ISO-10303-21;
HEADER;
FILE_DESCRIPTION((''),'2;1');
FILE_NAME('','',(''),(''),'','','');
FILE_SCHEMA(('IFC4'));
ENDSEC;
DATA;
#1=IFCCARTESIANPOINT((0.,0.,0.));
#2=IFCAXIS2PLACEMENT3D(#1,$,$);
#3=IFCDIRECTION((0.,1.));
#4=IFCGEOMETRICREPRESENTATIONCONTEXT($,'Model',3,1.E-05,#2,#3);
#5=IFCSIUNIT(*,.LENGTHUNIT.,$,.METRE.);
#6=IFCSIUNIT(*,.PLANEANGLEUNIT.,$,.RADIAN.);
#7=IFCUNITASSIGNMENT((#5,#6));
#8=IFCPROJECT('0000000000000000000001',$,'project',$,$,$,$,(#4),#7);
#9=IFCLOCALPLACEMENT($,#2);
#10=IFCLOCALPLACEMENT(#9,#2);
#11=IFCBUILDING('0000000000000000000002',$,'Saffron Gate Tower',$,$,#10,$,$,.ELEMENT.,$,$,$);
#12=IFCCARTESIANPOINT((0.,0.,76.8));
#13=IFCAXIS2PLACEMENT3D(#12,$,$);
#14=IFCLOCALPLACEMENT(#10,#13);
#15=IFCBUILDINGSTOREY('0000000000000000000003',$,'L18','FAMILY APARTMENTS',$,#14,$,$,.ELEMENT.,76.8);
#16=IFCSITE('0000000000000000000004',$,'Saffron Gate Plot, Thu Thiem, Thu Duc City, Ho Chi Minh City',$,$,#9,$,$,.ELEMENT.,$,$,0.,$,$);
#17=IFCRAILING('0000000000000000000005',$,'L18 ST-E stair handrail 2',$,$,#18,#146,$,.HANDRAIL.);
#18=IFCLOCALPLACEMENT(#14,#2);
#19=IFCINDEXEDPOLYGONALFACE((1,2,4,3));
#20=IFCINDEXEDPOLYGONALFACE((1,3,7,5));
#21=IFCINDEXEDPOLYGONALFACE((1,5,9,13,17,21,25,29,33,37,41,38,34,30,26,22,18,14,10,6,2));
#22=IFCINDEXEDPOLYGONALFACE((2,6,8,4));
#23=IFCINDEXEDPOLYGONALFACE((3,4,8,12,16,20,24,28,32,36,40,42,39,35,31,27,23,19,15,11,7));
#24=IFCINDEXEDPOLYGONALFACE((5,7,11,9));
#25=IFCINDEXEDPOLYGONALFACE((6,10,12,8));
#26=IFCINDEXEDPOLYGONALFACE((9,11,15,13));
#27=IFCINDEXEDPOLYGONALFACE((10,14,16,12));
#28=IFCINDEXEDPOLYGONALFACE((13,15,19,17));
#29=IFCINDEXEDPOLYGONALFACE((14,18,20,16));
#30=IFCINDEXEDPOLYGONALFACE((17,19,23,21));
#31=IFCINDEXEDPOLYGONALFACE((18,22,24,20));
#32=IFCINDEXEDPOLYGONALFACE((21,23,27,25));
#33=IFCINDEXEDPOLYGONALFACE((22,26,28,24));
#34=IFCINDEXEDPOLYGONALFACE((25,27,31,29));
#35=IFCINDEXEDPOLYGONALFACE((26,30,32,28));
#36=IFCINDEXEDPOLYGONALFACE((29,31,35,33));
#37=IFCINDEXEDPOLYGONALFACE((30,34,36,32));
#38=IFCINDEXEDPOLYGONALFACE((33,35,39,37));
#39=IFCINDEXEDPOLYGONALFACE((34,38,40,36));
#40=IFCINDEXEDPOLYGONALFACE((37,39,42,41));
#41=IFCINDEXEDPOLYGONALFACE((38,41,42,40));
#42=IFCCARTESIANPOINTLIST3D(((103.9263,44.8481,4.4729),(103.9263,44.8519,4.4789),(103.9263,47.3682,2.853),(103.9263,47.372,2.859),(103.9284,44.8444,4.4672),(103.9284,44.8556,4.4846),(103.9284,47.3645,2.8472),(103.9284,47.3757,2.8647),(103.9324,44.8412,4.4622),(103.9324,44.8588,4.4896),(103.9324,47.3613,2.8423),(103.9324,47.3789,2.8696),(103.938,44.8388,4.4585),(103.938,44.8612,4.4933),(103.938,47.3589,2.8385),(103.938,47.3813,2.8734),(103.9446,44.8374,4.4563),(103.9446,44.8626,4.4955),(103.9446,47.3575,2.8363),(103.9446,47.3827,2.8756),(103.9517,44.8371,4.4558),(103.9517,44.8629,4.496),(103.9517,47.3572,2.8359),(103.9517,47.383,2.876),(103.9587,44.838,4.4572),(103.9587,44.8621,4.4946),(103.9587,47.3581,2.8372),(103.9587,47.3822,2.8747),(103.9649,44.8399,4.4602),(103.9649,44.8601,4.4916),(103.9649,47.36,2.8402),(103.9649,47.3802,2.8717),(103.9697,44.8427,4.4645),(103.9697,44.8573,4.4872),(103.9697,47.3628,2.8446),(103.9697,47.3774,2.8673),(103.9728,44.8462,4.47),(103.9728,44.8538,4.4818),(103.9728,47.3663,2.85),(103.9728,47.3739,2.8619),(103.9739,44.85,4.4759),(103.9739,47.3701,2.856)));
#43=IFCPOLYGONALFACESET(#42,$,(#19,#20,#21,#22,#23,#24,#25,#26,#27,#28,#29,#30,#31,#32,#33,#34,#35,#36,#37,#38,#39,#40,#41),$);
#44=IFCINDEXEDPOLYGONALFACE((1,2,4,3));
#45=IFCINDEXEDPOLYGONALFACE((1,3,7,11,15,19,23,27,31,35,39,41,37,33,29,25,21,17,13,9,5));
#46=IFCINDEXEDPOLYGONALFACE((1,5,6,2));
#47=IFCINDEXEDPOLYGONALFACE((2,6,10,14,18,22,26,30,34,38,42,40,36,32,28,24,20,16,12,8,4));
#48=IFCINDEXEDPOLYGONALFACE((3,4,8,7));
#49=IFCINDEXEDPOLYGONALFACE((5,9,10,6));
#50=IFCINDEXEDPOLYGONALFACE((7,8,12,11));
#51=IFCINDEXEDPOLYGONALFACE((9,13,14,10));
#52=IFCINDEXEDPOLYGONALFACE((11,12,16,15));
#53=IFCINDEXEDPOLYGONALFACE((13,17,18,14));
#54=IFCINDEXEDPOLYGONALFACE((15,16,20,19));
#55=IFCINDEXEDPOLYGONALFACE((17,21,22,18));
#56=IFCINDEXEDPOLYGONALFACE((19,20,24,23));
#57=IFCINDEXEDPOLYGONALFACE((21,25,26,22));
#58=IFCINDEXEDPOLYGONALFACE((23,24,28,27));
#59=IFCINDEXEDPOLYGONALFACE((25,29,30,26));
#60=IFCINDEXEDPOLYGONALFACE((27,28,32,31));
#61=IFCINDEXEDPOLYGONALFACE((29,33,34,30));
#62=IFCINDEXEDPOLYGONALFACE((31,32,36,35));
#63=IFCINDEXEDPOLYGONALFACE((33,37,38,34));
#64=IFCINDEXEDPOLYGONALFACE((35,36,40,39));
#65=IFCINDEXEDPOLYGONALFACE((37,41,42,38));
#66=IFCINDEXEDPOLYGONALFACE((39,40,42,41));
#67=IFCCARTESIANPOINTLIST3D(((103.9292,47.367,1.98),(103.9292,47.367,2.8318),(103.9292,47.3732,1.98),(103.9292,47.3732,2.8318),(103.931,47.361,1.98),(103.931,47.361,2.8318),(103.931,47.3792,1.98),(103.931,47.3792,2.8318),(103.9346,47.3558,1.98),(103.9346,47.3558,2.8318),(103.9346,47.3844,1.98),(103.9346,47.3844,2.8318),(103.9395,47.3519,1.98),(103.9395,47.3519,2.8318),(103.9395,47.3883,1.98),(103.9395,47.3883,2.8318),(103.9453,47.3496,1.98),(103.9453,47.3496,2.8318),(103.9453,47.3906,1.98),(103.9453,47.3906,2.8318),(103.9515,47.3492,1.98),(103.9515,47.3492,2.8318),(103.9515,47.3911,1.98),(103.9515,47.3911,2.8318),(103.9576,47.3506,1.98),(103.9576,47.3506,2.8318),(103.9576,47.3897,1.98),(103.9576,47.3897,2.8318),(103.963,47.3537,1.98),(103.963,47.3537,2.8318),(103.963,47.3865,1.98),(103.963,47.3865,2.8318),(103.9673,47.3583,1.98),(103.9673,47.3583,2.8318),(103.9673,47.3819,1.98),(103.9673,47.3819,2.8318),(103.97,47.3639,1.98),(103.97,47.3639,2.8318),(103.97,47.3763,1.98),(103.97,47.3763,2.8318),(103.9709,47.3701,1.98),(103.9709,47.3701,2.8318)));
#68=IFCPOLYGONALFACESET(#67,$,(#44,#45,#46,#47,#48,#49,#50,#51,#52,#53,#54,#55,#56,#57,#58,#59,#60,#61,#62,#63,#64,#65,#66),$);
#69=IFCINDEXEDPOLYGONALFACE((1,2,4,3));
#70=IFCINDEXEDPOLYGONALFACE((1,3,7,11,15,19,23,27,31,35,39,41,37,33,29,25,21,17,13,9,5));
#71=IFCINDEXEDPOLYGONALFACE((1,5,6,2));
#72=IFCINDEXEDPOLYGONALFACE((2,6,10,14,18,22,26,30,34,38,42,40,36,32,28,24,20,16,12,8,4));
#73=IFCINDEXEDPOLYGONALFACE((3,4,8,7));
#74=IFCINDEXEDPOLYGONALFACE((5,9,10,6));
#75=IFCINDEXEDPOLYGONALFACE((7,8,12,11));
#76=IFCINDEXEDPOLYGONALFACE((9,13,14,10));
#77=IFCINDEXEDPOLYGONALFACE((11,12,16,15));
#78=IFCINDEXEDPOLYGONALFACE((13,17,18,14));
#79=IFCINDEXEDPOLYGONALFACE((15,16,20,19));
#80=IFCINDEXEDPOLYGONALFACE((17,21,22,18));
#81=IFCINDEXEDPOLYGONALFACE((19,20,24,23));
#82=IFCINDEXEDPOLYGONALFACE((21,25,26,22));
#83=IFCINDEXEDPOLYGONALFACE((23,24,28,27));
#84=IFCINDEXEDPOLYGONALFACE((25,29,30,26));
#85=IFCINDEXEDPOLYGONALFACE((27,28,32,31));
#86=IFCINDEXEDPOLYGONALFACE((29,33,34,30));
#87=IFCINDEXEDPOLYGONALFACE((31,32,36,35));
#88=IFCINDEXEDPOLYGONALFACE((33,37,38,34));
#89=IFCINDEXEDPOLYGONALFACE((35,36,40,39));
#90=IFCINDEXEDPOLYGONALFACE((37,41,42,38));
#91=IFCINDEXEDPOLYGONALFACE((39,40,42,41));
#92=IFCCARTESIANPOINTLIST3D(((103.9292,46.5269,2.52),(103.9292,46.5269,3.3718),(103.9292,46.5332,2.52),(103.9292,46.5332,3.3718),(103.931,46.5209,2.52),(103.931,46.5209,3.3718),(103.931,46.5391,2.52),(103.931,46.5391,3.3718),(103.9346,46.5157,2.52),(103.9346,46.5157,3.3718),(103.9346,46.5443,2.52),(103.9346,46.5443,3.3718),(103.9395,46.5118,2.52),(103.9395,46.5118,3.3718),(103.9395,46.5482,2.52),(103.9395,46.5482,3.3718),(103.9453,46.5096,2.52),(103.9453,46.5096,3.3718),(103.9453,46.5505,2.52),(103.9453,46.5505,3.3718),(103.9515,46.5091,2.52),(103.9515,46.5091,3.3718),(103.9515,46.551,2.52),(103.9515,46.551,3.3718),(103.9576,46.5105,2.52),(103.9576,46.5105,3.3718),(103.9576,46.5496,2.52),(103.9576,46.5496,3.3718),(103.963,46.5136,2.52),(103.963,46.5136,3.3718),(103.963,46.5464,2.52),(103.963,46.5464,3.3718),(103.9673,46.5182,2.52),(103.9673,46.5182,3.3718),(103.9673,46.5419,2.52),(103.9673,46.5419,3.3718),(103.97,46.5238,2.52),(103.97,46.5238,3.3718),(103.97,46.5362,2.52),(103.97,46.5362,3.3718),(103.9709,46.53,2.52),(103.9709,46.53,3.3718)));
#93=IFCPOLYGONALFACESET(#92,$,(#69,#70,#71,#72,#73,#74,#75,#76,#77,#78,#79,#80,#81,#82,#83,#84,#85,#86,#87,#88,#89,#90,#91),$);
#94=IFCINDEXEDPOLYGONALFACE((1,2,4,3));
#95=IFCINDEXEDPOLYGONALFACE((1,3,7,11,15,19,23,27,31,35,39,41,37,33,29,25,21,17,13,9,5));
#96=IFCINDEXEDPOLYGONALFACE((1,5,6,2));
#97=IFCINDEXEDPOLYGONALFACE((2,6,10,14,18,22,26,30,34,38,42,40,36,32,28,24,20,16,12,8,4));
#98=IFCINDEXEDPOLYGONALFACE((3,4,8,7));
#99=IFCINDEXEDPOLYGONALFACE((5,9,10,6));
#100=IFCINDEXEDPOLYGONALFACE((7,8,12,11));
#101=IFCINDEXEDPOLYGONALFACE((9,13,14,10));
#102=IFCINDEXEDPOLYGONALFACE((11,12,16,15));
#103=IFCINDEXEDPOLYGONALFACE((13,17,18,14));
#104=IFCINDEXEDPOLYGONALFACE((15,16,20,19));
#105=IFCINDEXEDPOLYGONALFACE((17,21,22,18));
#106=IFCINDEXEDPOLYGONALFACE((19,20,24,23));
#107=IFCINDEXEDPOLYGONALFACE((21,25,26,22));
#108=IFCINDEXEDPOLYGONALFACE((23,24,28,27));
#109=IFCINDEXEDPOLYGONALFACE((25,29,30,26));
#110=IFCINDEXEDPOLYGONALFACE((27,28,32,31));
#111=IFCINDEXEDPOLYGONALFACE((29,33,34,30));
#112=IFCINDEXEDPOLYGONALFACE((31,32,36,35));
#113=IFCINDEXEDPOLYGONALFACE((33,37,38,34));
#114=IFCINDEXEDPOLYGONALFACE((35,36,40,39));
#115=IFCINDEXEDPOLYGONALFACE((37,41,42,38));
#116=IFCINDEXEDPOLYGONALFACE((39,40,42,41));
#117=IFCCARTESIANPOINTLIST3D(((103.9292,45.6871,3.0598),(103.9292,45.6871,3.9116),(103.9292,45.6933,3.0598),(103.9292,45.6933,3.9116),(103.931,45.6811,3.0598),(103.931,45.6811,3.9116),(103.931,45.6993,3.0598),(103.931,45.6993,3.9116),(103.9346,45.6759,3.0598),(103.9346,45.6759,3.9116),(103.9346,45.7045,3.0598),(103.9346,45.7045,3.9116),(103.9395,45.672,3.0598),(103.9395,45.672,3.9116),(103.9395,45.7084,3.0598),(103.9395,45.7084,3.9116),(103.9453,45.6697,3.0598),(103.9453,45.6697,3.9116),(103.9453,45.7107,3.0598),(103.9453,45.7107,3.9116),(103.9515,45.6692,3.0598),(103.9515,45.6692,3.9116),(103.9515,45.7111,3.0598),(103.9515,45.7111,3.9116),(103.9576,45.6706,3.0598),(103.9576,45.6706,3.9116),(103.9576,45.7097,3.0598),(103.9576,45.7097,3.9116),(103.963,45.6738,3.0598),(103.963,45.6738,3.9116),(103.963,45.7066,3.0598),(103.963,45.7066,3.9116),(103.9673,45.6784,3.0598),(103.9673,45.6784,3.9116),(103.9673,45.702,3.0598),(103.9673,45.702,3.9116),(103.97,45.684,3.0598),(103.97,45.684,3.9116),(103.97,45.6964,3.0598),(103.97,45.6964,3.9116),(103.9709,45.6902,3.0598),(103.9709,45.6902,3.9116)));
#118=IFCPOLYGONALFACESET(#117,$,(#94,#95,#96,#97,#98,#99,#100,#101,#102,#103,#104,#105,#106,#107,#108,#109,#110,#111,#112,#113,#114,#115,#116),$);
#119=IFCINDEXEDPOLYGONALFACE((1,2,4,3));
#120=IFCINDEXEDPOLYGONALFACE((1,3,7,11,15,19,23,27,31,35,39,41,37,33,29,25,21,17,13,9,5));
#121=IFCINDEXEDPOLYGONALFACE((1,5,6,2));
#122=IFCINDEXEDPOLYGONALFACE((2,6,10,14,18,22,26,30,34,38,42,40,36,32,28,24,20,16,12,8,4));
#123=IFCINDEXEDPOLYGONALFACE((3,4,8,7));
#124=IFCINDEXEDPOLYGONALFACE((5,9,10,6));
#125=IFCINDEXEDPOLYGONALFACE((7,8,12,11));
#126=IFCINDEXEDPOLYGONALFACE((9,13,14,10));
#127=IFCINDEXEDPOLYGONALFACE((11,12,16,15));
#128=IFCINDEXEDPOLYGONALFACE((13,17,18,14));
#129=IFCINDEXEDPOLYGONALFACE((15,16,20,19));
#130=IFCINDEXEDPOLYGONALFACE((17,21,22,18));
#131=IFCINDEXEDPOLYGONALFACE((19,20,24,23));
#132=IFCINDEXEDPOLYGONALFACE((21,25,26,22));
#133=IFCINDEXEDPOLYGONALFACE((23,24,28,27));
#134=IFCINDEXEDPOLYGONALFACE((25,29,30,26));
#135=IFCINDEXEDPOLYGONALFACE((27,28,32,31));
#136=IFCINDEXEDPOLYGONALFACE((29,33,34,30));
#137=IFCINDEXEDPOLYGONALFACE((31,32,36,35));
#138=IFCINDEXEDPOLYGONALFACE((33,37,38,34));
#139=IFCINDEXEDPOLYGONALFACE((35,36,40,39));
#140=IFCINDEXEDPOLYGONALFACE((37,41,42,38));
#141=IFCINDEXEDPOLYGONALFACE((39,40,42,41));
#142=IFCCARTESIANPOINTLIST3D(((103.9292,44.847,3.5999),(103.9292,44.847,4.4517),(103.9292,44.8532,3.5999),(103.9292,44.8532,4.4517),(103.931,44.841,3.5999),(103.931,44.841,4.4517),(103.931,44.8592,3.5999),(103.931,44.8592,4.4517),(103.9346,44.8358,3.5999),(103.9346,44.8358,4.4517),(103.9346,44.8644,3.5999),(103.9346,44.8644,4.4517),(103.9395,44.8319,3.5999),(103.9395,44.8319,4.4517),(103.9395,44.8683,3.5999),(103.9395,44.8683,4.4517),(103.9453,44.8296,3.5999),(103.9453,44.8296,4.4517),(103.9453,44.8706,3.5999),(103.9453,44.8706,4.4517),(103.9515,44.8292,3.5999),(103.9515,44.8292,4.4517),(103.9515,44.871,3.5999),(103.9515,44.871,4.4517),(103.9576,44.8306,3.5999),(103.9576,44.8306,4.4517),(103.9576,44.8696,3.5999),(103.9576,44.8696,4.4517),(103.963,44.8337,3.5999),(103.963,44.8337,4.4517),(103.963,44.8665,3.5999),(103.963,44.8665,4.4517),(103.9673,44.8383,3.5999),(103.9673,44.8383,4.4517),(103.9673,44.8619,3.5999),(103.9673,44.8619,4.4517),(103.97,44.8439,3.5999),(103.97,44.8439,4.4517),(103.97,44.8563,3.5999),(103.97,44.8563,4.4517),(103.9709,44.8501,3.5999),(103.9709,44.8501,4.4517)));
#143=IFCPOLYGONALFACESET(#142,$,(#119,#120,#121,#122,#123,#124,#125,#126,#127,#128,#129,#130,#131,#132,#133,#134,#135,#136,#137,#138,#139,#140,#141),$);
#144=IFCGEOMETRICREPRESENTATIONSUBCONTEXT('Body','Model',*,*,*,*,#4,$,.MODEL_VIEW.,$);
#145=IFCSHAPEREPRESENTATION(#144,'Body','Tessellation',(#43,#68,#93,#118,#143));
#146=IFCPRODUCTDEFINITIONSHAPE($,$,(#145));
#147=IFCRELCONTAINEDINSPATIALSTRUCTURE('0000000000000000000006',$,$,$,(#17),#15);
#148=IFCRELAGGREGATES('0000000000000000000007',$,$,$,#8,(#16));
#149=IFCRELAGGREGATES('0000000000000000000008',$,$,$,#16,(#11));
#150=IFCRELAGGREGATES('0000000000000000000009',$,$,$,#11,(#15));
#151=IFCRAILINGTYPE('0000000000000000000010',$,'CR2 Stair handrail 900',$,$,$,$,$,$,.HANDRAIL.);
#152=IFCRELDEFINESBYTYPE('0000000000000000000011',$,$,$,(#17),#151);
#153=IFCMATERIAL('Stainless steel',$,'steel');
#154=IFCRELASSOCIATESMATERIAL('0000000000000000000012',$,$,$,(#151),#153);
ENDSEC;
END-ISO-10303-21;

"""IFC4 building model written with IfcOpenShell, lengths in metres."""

from ifc_helpers import new_model, si_unit, direction, frame, origin, origin_2d, place, context, subcontext, project, spatial, circle, extrude, material, type_object, element, save


model = new_model("IFC4")

# Units and contexts
model_context = context("Model", 3, precision=1e-05, world=origin(), true_north=direction((0.0, 1.0)))
body_context = subcontext(model_context, "Body", "Model", "MODEL_VIEW")
ifc_project = project(units=[si_unit("LENGTHUNIT", "METRE"), si_unit("PLANEANGLEUNIT", "RADIAN")], contexts=[model_context])

# Site, building, storey
site_placement = place(None, origin())
site = spatial("IfcSite", under=ifc_project, at=site_placement, Name="Saffron Gate Plot, Thu Thiem, Thu Duc City, Ho Chi Minh City", CompositionType="ELEMENT", RefElevation=0.0)
building_placement = place(site_placement, origin())
building = spatial("IfcBuilding", under=site, at=building_placement, Name="Saffron Gate Tower", CompositionType="ELEMENT")
storey_placement = place(building_placement, frame((0.0, 0.0, 76.8)))
storey = spatial("IfcBuildingStorey", under=building, at=storey_placement, Name="L18", Description="FAMILY APARTMENTS", CompositionType="ELEMENT", Elevation=76.8)

# Railing
ifc_material_1 = material(Name="Stainless steel", Category="steel")
railing_type_1 = type_object("IfcRailingType", Name="CR2 Stair handrail 900", PredefinedType="HANDRAIL", material=ifc_material_1)
railing_1_placement = place(storey_placement, frame((103.95, 47.3701, 1.98)))
element("IfcRailing", 1, at=railing_1_placement, inside=storey, type_object=railing_type_1, Name="L18 ST-E stair handrail 2", PredefinedType="HANDRAIL", context=body_context, shape_type="SweptSolid", body=[
    extrude(circle(Radius=0.0239, at=origin_2d()), frame((0.0, 0.0, 0.876), z_axis=(0.0, -0.8412, 0.540725), x_axis=(1.0, 0.0, 0.0)), (0.0, 0.0, 1.0), 2.9958),
    extrude(circle(Radius=0.021, at=origin_2d()), origin(), (0.0, 0.0, 1.0), 0.8518),
    extrude(circle(Radius=0.021, at=origin_2d()), frame((0.0, -0.8401, 0.54)), (0.0, 0.0, 1.0), 0.8518),
    extrude(circle(Radius=0.021, at=origin_2d()), frame((0.0, -1.6799, 1.0798)), (0.0, 0.0, 1.0), 0.8518),
    extrude(circle(Radius=0.021, at=origin_2d()), frame((0.0, -2.52, 1.6199)), (0.0, 0.0, 1.0), 0.8518),
])

save(model, "model.ifc")
